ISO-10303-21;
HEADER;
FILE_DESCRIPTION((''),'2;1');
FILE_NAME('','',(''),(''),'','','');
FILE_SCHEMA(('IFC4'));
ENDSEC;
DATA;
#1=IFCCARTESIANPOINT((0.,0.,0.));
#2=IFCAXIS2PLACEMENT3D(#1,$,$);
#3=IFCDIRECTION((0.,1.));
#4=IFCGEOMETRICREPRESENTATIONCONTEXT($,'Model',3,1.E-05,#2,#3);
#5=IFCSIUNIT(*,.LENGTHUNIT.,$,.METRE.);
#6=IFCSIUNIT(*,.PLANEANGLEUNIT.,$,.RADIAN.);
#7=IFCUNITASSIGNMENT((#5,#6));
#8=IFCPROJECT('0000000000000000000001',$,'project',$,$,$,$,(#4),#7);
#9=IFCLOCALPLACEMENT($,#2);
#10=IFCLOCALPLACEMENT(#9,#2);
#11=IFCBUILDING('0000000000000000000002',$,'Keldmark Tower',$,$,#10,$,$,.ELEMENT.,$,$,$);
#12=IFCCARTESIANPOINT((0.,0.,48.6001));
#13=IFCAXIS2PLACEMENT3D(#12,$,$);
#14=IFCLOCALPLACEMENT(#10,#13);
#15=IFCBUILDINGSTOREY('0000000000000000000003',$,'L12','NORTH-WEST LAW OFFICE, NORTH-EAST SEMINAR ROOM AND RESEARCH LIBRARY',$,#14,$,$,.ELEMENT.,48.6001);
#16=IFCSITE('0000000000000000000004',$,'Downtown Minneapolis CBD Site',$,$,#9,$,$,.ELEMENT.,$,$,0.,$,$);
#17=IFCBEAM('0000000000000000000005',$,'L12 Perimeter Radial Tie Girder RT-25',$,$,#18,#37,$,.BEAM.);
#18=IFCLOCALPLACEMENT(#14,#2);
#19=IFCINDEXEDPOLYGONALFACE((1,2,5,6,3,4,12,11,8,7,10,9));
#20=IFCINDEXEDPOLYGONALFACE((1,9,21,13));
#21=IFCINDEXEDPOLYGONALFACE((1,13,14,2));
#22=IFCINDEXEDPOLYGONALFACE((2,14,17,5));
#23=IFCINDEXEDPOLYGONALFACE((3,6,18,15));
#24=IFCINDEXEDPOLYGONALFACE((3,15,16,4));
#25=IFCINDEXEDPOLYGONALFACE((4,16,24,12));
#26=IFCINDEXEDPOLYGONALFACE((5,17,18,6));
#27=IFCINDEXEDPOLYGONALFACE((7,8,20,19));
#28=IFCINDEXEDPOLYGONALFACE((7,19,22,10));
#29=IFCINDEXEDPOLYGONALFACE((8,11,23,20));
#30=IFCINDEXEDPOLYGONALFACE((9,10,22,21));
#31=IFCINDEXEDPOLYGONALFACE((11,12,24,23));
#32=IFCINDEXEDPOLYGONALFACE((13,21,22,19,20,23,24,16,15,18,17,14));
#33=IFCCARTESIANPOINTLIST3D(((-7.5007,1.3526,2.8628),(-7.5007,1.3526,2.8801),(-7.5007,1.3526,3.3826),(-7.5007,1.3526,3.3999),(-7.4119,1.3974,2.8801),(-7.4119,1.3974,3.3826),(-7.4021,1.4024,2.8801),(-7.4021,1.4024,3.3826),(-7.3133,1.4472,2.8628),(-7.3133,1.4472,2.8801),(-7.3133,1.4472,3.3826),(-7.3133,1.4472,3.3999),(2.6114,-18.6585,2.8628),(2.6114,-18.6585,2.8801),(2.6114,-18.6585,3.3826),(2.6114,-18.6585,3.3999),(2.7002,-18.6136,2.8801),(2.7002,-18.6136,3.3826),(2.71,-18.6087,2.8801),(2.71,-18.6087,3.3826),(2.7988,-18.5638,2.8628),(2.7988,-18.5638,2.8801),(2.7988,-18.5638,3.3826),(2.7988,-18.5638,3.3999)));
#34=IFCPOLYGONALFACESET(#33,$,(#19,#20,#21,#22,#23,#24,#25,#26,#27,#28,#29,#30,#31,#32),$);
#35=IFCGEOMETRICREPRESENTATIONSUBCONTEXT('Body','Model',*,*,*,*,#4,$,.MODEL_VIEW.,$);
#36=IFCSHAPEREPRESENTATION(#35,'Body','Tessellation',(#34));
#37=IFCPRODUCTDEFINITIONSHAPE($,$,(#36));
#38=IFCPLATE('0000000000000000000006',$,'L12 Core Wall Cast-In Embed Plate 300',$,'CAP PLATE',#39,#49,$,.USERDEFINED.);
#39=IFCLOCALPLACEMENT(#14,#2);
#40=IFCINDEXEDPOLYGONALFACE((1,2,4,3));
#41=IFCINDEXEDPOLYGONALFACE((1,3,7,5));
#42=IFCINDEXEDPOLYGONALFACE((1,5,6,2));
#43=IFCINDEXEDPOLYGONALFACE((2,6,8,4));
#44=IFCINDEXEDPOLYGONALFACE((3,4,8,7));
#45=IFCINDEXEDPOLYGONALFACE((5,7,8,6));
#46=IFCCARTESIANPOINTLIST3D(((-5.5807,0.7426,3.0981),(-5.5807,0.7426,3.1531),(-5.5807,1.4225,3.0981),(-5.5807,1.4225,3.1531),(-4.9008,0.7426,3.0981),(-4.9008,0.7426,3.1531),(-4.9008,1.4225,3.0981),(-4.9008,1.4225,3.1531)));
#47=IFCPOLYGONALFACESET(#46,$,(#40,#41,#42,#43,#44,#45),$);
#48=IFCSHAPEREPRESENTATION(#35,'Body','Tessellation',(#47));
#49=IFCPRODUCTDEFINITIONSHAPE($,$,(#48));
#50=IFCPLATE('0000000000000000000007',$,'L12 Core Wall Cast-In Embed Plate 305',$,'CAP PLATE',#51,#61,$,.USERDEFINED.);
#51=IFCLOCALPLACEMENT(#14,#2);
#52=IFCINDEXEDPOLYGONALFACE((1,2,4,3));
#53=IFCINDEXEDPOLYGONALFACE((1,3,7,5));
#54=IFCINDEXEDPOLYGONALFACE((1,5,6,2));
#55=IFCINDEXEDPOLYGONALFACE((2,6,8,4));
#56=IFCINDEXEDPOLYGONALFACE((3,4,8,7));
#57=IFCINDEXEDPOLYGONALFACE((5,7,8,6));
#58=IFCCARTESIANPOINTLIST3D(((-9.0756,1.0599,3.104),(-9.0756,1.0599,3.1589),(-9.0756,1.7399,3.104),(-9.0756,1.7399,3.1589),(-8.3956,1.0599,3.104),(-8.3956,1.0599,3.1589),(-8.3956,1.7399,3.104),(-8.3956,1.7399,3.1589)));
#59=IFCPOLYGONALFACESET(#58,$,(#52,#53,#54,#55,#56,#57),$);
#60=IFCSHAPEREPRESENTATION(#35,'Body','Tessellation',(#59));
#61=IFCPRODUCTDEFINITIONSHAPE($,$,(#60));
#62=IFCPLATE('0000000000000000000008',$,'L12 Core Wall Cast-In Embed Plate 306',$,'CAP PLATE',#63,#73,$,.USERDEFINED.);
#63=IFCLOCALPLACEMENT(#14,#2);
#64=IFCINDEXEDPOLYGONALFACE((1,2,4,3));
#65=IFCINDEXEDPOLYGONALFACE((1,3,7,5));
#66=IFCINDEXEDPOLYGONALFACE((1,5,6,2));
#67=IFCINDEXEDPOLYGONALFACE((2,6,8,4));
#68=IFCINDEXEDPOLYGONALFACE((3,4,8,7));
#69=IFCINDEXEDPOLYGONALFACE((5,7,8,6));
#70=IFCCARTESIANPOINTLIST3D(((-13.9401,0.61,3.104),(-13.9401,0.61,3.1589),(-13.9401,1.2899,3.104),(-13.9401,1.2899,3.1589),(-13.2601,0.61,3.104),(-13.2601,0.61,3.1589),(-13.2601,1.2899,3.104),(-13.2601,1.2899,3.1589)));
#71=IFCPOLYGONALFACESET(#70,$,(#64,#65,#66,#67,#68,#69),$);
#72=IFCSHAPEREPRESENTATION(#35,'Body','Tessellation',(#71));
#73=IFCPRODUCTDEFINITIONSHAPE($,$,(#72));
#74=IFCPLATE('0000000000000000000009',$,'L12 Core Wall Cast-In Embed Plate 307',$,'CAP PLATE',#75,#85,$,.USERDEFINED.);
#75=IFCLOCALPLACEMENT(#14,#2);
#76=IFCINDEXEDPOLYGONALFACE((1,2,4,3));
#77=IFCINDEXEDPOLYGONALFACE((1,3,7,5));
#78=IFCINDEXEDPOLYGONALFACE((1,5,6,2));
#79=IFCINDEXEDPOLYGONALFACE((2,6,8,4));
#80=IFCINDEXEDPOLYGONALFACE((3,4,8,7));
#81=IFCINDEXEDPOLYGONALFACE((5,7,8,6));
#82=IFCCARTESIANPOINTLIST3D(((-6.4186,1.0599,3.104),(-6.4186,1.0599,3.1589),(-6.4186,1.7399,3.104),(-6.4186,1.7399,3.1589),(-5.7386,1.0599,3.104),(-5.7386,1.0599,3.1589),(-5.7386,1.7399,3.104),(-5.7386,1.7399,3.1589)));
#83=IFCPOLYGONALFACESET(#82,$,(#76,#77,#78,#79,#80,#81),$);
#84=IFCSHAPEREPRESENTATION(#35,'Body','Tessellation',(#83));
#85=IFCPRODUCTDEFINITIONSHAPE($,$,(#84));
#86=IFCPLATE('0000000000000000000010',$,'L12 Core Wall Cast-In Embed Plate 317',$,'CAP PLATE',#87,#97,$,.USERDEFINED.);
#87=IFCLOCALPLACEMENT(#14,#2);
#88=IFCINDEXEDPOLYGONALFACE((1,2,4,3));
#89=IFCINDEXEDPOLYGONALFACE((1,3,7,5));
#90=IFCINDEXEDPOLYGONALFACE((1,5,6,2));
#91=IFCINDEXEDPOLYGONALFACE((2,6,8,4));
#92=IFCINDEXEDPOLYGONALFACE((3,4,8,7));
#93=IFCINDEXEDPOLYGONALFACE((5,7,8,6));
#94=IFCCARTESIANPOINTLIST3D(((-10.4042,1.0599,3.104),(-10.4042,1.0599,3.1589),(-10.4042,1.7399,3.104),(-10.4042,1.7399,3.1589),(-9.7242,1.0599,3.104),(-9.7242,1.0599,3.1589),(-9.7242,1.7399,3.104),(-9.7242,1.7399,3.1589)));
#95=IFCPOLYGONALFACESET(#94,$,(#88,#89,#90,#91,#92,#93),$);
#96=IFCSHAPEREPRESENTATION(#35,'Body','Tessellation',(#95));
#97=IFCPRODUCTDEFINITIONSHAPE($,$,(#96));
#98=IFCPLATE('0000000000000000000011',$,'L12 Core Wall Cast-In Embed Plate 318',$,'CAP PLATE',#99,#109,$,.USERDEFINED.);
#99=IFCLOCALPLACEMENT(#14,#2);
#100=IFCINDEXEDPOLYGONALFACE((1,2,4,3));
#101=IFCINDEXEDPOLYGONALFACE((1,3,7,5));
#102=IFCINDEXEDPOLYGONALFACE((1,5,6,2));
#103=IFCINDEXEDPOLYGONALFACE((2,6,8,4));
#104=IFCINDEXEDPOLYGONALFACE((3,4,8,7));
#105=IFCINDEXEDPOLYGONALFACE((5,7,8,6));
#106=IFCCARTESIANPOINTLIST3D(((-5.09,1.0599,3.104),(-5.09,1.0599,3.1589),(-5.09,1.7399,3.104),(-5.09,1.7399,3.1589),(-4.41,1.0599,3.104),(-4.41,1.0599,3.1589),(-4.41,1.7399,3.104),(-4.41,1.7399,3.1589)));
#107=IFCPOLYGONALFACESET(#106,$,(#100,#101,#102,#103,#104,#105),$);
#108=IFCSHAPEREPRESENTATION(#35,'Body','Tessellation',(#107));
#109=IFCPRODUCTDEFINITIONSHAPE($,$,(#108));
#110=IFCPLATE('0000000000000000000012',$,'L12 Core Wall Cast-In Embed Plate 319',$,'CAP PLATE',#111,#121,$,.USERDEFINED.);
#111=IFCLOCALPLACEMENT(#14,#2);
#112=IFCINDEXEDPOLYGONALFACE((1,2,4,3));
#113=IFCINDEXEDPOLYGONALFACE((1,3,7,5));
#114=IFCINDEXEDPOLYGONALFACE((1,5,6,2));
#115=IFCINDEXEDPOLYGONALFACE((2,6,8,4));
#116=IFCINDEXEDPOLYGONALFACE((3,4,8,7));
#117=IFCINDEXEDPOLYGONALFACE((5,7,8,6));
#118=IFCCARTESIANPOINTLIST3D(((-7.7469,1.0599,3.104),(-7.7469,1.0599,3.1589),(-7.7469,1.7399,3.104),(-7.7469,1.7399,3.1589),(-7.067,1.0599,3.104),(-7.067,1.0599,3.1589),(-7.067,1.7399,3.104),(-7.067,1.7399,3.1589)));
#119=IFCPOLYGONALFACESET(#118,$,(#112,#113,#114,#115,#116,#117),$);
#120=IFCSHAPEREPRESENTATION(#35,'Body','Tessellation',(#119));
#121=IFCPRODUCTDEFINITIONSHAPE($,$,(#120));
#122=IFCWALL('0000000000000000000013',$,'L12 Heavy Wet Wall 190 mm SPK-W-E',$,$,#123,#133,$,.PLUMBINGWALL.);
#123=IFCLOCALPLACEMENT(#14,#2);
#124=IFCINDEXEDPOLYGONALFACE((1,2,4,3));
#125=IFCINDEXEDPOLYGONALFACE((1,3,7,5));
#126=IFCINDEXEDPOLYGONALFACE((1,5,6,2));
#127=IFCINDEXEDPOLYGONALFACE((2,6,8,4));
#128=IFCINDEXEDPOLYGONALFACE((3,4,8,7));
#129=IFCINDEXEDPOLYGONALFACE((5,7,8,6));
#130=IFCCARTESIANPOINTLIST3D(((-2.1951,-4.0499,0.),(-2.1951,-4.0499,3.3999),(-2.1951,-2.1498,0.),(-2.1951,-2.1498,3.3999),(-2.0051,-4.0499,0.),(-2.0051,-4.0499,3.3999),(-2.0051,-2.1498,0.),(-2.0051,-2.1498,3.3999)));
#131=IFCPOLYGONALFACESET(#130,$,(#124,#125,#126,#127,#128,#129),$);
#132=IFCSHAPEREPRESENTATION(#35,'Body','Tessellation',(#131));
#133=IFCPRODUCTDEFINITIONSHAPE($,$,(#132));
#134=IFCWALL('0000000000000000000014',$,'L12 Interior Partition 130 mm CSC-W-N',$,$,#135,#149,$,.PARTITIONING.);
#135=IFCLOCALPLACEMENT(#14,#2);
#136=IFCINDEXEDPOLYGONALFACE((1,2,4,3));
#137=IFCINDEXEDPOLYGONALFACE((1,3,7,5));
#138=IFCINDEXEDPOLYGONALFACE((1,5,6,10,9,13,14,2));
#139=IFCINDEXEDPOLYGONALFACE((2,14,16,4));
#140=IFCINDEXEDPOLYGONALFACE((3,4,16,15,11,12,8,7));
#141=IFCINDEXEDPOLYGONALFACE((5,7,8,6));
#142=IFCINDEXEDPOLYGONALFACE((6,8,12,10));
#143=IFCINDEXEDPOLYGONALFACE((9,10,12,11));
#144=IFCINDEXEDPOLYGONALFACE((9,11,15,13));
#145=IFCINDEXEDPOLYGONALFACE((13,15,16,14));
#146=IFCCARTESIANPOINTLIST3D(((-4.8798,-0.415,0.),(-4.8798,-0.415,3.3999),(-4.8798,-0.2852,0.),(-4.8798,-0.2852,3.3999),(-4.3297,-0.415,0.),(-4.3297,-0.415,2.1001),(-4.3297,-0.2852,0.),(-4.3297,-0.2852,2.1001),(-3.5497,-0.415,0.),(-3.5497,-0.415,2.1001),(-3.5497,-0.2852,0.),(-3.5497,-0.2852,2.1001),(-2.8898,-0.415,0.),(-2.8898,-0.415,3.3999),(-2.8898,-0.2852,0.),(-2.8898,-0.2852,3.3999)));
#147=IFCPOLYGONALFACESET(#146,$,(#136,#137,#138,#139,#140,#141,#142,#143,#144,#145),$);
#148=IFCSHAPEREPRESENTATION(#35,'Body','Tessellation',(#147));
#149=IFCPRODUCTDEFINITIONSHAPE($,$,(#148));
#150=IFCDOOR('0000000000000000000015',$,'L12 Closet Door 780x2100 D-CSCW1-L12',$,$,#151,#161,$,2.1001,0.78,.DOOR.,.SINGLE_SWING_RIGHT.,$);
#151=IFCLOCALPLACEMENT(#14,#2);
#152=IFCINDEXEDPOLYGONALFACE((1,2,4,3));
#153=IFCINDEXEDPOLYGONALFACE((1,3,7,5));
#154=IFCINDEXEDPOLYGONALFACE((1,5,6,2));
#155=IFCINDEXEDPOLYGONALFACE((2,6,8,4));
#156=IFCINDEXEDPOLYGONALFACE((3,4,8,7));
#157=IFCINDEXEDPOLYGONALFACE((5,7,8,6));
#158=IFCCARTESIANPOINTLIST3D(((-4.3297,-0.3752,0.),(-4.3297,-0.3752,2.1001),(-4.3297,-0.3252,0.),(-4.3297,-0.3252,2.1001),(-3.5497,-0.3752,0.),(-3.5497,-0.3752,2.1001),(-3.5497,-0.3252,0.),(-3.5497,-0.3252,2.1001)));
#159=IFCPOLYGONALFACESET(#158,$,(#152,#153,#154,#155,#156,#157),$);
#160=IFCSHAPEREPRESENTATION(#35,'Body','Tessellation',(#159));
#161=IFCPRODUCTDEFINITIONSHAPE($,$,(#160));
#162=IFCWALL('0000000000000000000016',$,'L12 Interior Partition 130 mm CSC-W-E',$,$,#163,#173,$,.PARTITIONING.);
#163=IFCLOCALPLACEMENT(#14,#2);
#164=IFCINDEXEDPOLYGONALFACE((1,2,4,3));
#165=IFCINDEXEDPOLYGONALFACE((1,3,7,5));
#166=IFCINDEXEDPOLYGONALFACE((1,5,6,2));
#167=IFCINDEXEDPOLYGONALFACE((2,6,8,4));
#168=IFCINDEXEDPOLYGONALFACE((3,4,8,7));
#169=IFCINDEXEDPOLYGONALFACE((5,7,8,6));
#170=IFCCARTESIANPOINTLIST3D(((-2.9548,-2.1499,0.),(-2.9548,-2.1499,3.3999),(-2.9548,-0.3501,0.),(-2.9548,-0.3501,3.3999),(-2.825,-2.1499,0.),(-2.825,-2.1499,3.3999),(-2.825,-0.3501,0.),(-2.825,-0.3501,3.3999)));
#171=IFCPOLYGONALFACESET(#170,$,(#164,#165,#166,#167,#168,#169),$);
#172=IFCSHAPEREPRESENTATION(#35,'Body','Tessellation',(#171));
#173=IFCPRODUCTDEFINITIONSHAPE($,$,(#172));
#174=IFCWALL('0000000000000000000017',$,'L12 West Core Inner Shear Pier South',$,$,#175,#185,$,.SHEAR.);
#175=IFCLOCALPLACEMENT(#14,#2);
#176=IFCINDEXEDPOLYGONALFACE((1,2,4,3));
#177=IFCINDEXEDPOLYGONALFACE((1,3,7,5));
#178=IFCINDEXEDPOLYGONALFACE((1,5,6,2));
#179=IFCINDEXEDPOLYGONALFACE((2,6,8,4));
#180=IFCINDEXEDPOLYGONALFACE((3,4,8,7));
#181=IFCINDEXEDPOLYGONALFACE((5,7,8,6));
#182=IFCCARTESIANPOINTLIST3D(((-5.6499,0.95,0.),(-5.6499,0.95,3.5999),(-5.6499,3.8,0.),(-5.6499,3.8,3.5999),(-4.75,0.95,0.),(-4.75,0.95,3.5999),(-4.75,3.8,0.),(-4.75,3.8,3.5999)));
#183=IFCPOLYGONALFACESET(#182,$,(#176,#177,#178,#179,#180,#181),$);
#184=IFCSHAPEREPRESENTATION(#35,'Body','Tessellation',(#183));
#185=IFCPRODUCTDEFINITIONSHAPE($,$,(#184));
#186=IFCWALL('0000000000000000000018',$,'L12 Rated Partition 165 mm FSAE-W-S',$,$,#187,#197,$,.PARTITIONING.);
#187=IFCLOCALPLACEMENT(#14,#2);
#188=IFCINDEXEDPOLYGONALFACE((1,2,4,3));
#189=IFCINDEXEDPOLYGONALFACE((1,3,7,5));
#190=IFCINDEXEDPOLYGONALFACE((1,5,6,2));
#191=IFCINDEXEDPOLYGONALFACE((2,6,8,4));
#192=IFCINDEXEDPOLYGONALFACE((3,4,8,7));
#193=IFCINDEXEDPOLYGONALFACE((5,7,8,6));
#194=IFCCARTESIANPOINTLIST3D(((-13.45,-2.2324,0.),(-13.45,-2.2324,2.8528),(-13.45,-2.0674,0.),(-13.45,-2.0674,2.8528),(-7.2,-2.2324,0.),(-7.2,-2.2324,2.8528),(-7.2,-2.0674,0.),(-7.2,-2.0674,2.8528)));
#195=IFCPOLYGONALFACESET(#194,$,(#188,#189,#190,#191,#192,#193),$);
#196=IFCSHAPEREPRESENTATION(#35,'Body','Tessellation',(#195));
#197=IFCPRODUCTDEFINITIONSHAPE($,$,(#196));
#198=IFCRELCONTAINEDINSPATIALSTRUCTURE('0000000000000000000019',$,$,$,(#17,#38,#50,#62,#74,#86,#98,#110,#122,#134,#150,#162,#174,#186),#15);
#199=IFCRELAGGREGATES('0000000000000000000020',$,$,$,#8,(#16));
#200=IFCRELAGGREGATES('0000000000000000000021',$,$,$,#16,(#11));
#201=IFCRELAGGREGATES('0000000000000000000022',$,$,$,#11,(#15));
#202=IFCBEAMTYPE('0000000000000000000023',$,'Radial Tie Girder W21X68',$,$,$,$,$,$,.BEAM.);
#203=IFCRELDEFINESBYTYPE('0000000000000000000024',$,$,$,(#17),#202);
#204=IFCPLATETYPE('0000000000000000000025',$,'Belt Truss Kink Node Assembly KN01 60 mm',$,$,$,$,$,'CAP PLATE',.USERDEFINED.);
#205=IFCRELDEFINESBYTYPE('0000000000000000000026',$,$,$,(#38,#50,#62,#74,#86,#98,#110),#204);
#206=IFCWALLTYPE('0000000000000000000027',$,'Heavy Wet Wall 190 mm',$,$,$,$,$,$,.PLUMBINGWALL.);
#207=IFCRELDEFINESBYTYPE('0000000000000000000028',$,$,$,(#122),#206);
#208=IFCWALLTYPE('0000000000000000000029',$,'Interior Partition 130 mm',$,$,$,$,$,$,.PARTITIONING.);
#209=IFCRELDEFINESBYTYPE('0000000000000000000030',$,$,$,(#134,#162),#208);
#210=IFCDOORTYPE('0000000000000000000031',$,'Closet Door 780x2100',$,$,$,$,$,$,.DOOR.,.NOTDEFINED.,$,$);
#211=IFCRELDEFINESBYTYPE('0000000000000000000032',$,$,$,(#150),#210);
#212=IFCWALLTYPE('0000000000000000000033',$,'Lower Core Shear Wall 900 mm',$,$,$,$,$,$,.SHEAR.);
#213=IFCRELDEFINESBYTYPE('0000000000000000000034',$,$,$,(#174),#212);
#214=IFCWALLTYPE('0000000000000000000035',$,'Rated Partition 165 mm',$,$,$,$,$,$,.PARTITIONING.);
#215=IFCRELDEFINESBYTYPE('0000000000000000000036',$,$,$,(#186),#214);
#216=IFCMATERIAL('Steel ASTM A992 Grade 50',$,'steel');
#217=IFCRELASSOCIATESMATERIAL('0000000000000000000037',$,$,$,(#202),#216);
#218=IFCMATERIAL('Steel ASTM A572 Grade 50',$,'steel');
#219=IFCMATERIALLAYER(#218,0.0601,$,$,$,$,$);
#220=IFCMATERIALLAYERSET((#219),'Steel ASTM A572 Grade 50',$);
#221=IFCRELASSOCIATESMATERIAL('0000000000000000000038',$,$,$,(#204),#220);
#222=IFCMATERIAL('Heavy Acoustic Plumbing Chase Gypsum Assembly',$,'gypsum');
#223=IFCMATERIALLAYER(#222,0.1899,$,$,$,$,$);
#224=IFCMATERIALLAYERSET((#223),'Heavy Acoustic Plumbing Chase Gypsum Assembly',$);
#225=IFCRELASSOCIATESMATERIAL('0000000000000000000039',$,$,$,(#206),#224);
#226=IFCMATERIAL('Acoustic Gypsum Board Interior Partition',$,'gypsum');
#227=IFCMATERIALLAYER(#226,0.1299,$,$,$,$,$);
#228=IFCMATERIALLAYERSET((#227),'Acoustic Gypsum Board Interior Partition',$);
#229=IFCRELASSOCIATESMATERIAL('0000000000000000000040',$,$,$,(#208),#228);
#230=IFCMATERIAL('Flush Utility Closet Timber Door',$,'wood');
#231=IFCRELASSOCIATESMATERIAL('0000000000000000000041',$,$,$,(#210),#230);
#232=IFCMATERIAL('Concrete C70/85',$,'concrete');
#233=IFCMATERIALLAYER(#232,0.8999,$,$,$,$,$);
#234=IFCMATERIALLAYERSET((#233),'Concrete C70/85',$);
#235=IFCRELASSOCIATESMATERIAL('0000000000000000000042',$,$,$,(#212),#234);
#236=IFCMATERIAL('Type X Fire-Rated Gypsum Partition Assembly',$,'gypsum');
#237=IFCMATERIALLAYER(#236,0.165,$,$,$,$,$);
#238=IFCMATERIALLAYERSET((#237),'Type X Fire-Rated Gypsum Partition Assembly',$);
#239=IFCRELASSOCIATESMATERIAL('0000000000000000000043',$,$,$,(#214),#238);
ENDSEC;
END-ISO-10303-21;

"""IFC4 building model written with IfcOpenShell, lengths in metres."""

from ifc_helpers import new_model, si_unit, direction, frame, frame_2d, origin, origin_2d, place, context, subcontext, project, spatial, rectangle, i_section, extrude, material, layer, layer_set, material_profile, profile_set, type_object, element, fill, save


model = new_model("IFC4")

# Units and contexts
model_context = context("Model", 3, precision=1e-05, world=origin(), true_north=direction((0.0, 1.0)))
body_context = subcontext(model_context, "Body", "Model", "MODEL_VIEW")
ifc_project = project(units=[si_unit("LENGTHUNIT", "METRE"), si_unit("PLANEANGLEUNIT", "RADIAN")], contexts=[model_context])

# Site, building, storey
site_placement = place(None, origin())
site = spatial("IfcSite", under=ifc_project, at=site_placement, Name="Downtown Minneapolis CBD Site", CompositionType="ELEMENT", RefElevation=0.0)
building_placement = place(site_placement, origin())
building = spatial("IfcBuilding", under=site, at=building_placement, Name="Keldmark Tower", CompositionType="ELEMENT")
storey_placement = place(building_placement, frame((0.0, 0.0, 48.6001)))
storey = spatial("IfcBuildingStorey", under=building, at=storey_placement, Name="L12", Description="NORTH-WEST LAW OFFICE, NORTH-EAST SEMINAR ROOM AND RESEARCH LIBRARY", CompositionType="ELEMENT", Elevation=48.6001)

# Beam
ifc_material_1 = material(Name="Steel ASTM A992 Grade 50", Category="steel")
ifc_material_profile_1 = material_profile(ifc_material_1, i_section(OverallWidth=0.21, OverallDepth=0.5371, WebThickness=0.011, FlangeThickness=0.0173, at=origin_2d()), Name="W21X68")
ifc_profile_set_1 = profile_set([ifc_material_profile_1], Name="Steel ASTM A992 Grade 50")
beam_type_1 = type_object("IfcBeamType", Name="Radial Tie Girder W21X68", PredefinedType="BEAM", material=ifc_profile_set_1)
beam_1_placement = place(storey_placement, frame((-7.407, 1.3999, 3.1313), z_axis=(0.451012, -0.892518, 0.0), x_axis=(0.892518, 0.451012, 0.0)))
element("IfcBeam", 1, at=beam_1_placement, inside=storey, type_object=beam_type_1, Name="L12 Perimeter Radial Tie Girder RT-25", PredefinedType="BEAM", context=body_context, shape_type="SweptSolid", body=[
    extrude(i_section(OverallWidth=0.21, OverallDepth=0.5371, WebThickness=0.011, FlangeThickness=0.0173, at=origin_2d()), origin(), (0.0, 0.0, 1.0), 22.4209),
])

# Plates
ifc_material_2 = material(Name="Steel ASTM A572 Grade 50", Category="steel")
ifc_layer_1 = layer(ifc_material_2, 0.0601)
ifc_layer_set_1 = layer_set([ifc_layer_1], Name="Steel ASTM A572 Grade 50")
plate_type = type_object("IfcPlateType", Name="Belt Truss Kink Node Assembly KN01 60 mm", ElementType="CAP PLATE", PredefinedType="USERDEFINED", material=ifc_layer_set_1)
for number, where, z_axis, x_axis, name in (
    (2, (-5.2407, 1.0825, 3.0981), (0.0, 0.0, 1.0), (1.0, 0.0, 0.0), "L12 Core Wall Cast-In Embed Plate 300"),
    (3, (-8.7356, 1.3999, 3.104), (0.0, 0.0, 1.0), (1.0, 0.0, 0.0), "L12 Core Wall Cast-In Embed Plate 305"),
    (4, (-13.6001, 0.95, 3.104), (0.0, 0.0, 1.0), (1.0, 0.0, 0.0), "L12 Core Wall Cast-In Embed Plate 306"),
    (5, (-6.0786, 1.3999, 3.104), (0.0, 0.0, 1.0), (1.0, 0.0, 0.0), "L12 Core Wall Cast-In Embed Plate 307"),
    (6, (-10.0642, 1.3999, 3.104), (0.0, 0.0, 1.0), (1.0, 0.0, 0.0), "L12 Core Wall Cast-In Embed Plate 317"),
    (7, (-4.75, 1.3999, 3.104), (0.0, 0.0, 1.0), (1.0, 0.0, 0.0), "L12 Core Wall Cast-In Embed Plate 318"),
    (8, (-7.407, 1.3999, 3.104), (0.0, 0.0, 1.0), (1.0, 0.0, 0.0), "L12 Core Wall Cast-In Embed Plate 319"),
):
    element("IfcPlate", number, at=place(storey_placement, frame(where, z_axis=z_axis, x_axis=x_axis)), inside=storey, type_object=plate_type, Name=name, ObjectType="CAP PLATE", PredefinedType="USERDEFINED", context=body_context, shape_type="SweptSolid", body=[
        extrude(rectangle(XDim=0.6799, YDim=0.6799, at=origin_2d()), origin(), (0.0, 0.0, 1.0), 0.0549),
    ])

# Wall
ifc_material_3 = material(Name="Heavy Acoustic Plumbing Chase Gypsum Assembly", Category="gypsum")
ifc_layer_2 = layer(ifc_material_3, 0.1899)
ifc_layer_set_2 = layer_set([ifc_layer_2], Name="Heavy Acoustic Plumbing Chase Gypsum Assembly")
wall_type_1 = type_object("IfcWallType", Name="Heavy Wet Wall 190 mm", PredefinedType="PLUMBINGWALL", material=ifc_layer_set_2)
wall_1_placement = place(storey_placement, frame((-2.1001, -4.05, 0.0), z_axis=(0.0, 0.0, 1.0), x_axis=(0.0, 1.0, 0.0)))
element("IfcWall", 9, at=wall_1_placement, inside=storey, type_object=wall_type_1, Name="L12 Heavy Wet Wall 190 mm SPK-W-E", PredefinedType="PLUMBINGWALL", context=body_context, shape_type="SweptSolid", body=[
    extrude(rectangle(XDim=1.9001, YDim=0.1899, at=frame_2d((0.9502, 0.0))), origin(), (0.0, 0.0, 1.0), 3.3999),
])

# Wall, opening, door
ifc_material_4 = material(Name="Acoustic Gypsum Board Interior Partition", Category="gypsum")
ifc_layer_3 = layer(ifc_material_4, 0.1299)
ifc_layer_set_3 = layer_set([ifc_layer_3], Name="Acoustic Gypsum Board Interior Partition")
wall_type_2 = type_object("IfcWallType", Name="Interior Partition 130 mm", PredefinedType="PARTITIONING", material=ifc_layer_set_3)
wall_2_placement = place(storey_placement, frame((-4.8799, -0.3501, 0.0), z_axis=(0.0, 0.0, 1.0), x_axis=(1.0, 0.0, 0.0)))
wall_2 = element("IfcWall", 10, at=wall_2_placement, inside=storey, type_object=wall_type_2, Name="L12 Interior Partition 130 mm CSC-W-N", PredefinedType="PARTITIONING", context=body_context, shape_type="SweptSolid", body=[
    extrude(rectangle(XDim=1.99, YDim=0.1299, at=frame_2d((0.9951, 0.0))), origin(), (0.0, 0.0, 1.0), 3.3999),
])
opening_1_placement = place(wall_2_placement, frame((0.55, 0.0, 0.0)))
opening_1 = element("IfcOpeningElement", 11, at=opening_1_placement, cuts=wall_2, PredefinedType="OPENING", context=body_context, shape_type="SweptSolid", body=[
    extrude(rectangle(XDim=0.78, YDim=2.1001, at=frame_2d((0.3901, 1.05))), frame((0.0, 0.075, 0.0), z_axis=(0.0, -1.0, 0.0), x_axis=(1.0, 0.0, 0.0)), (0.0, 0.0, 1.0), 0.1499),
])
ifc_material_5 = material(Name="Flush Utility Closet Timber Door", Category="wood")
door_type_1 = type_object("IfcDoorType", Name="Closet Door 780x2100", OperationType="NOTDEFINED", PredefinedType="DOOR", material=ifc_material_5)
door_1_placement = place(opening_1_placement, origin())
door_1 = element("IfcDoor", 12, at=door_1_placement, inside=storey, type_object=door_type_1, Name="L12 Closet Door 780x2100 D-CSCW1-L12", OperationType="SINGLE_SWING_RIGHT", OverallHeight=2.1001, OverallWidth=0.78, PredefinedType="DOOR", context=body_context, shape_type="SweptSolid", body=[
    extrude(rectangle(XDim=0.78, YDim=2.1001, at=frame_2d((0.3901, 1.05))), frame((0.0, 0.0249, 0.0), z_axis=(0.0, -1.0, 0.0), x_axis=(1.0, 0.0, 0.0)), (0.0, 0.0, 1.0), 0.05),
])
fill(opening_1, door_1)

# Wall
wall_3_placement = place(storey_placement, frame((-2.8899, -2.1499, 0.0), z_axis=(0.0, 0.0, 1.0), x_axis=(0.0, 1.0, 0.0)))
element("IfcWall", 13, at=wall_3_placement, inside=storey, type_object=wall_type_2, Name="L12 Interior Partition 130 mm CSC-W-E", PredefinedType="PARTITIONING", context=body_context, shape_type="SweptSolid", body=[
    extrude(rectangle(XDim=1.7998, YDim=0.1299, at=frame_2d((0.8999, 0.0))), origin(), (0.0, 0.0, 1.0), 3.3999),
])

# Shared definitions
ifc_material_6 = material(Name="Concrete C70/85", Category="concrete")
ifc_layer_4 = layer(ifc_material_6, 0.8999)
ifc_layer_set_4 = layer_set([ifc_layer_4], Name="Concrete C70/85")
wall_type_3 = type_object("IfcWallType", Name="Lower Core Shear Wall 900 mm", PredefinedType="SHEAR", material=ifc_layer_set_4)

# Walls
wall_4_placement = place(storey_placement, frame((-5.2, 0.95, 0.0), z_axis=(0.0, 0.0, 1.0), x_axis=(0.0, 1.0, 0.0)))
element("IfcWall", 14, at=wall_4_placement, inside=storey, type_object=wall_type_3, Name="L12 West Core Inner Shear Pier South", PredefinedType="SHEAR", context=body_context, shape_type="SweptSolid", body=[
    extrude(rectangle(XDim=2.8501, YDim=0.8999, at=frame_2d((1.425, 0.0))), origin(), (0.0, 0.0, 1.0), 3.5999),
])
ifc_material_7 = material(Name="Type X Fire-Rated Gypsum Partition Assembly", Category="gypsum")
ifc_layer_5 = layer(ifc_material_7, 0.165)
ifc_layer_set_5 = layer_set([ifc_layer_5], Name="Type X Fire-Rated Gypsum Partition Assembly")
wall_type_4 = type_object("IfcWallType", Name="Rated Partition 165 mm", PredefinedType="PARTITIONING", material=ifc_layer_set_5)
wall_5_placement = place(storey_placement, frame((-13.45, -2.1499, 0.0), z_axis=(0.0, 0.0, 1.0), x_axis=(1.0, 0.0, 0.0)))
element("IfcWall", 15, at=wall_5_placement, inside=storey, type_object=wall_type_4, Name="L12 Rated Partition 165 mm FSAE-W-S", PredefinedType="PARTITIONING", context=body_context, shape_type="SweptSolid", body=[
    extrude(rectangle(XDim=6.25, YDim=0.165, at=frame_2d((3.125, 0.0))), origin(), (0.0, 0.0, 1.0), 2.8528),
])

save(model, "model.ifc")
